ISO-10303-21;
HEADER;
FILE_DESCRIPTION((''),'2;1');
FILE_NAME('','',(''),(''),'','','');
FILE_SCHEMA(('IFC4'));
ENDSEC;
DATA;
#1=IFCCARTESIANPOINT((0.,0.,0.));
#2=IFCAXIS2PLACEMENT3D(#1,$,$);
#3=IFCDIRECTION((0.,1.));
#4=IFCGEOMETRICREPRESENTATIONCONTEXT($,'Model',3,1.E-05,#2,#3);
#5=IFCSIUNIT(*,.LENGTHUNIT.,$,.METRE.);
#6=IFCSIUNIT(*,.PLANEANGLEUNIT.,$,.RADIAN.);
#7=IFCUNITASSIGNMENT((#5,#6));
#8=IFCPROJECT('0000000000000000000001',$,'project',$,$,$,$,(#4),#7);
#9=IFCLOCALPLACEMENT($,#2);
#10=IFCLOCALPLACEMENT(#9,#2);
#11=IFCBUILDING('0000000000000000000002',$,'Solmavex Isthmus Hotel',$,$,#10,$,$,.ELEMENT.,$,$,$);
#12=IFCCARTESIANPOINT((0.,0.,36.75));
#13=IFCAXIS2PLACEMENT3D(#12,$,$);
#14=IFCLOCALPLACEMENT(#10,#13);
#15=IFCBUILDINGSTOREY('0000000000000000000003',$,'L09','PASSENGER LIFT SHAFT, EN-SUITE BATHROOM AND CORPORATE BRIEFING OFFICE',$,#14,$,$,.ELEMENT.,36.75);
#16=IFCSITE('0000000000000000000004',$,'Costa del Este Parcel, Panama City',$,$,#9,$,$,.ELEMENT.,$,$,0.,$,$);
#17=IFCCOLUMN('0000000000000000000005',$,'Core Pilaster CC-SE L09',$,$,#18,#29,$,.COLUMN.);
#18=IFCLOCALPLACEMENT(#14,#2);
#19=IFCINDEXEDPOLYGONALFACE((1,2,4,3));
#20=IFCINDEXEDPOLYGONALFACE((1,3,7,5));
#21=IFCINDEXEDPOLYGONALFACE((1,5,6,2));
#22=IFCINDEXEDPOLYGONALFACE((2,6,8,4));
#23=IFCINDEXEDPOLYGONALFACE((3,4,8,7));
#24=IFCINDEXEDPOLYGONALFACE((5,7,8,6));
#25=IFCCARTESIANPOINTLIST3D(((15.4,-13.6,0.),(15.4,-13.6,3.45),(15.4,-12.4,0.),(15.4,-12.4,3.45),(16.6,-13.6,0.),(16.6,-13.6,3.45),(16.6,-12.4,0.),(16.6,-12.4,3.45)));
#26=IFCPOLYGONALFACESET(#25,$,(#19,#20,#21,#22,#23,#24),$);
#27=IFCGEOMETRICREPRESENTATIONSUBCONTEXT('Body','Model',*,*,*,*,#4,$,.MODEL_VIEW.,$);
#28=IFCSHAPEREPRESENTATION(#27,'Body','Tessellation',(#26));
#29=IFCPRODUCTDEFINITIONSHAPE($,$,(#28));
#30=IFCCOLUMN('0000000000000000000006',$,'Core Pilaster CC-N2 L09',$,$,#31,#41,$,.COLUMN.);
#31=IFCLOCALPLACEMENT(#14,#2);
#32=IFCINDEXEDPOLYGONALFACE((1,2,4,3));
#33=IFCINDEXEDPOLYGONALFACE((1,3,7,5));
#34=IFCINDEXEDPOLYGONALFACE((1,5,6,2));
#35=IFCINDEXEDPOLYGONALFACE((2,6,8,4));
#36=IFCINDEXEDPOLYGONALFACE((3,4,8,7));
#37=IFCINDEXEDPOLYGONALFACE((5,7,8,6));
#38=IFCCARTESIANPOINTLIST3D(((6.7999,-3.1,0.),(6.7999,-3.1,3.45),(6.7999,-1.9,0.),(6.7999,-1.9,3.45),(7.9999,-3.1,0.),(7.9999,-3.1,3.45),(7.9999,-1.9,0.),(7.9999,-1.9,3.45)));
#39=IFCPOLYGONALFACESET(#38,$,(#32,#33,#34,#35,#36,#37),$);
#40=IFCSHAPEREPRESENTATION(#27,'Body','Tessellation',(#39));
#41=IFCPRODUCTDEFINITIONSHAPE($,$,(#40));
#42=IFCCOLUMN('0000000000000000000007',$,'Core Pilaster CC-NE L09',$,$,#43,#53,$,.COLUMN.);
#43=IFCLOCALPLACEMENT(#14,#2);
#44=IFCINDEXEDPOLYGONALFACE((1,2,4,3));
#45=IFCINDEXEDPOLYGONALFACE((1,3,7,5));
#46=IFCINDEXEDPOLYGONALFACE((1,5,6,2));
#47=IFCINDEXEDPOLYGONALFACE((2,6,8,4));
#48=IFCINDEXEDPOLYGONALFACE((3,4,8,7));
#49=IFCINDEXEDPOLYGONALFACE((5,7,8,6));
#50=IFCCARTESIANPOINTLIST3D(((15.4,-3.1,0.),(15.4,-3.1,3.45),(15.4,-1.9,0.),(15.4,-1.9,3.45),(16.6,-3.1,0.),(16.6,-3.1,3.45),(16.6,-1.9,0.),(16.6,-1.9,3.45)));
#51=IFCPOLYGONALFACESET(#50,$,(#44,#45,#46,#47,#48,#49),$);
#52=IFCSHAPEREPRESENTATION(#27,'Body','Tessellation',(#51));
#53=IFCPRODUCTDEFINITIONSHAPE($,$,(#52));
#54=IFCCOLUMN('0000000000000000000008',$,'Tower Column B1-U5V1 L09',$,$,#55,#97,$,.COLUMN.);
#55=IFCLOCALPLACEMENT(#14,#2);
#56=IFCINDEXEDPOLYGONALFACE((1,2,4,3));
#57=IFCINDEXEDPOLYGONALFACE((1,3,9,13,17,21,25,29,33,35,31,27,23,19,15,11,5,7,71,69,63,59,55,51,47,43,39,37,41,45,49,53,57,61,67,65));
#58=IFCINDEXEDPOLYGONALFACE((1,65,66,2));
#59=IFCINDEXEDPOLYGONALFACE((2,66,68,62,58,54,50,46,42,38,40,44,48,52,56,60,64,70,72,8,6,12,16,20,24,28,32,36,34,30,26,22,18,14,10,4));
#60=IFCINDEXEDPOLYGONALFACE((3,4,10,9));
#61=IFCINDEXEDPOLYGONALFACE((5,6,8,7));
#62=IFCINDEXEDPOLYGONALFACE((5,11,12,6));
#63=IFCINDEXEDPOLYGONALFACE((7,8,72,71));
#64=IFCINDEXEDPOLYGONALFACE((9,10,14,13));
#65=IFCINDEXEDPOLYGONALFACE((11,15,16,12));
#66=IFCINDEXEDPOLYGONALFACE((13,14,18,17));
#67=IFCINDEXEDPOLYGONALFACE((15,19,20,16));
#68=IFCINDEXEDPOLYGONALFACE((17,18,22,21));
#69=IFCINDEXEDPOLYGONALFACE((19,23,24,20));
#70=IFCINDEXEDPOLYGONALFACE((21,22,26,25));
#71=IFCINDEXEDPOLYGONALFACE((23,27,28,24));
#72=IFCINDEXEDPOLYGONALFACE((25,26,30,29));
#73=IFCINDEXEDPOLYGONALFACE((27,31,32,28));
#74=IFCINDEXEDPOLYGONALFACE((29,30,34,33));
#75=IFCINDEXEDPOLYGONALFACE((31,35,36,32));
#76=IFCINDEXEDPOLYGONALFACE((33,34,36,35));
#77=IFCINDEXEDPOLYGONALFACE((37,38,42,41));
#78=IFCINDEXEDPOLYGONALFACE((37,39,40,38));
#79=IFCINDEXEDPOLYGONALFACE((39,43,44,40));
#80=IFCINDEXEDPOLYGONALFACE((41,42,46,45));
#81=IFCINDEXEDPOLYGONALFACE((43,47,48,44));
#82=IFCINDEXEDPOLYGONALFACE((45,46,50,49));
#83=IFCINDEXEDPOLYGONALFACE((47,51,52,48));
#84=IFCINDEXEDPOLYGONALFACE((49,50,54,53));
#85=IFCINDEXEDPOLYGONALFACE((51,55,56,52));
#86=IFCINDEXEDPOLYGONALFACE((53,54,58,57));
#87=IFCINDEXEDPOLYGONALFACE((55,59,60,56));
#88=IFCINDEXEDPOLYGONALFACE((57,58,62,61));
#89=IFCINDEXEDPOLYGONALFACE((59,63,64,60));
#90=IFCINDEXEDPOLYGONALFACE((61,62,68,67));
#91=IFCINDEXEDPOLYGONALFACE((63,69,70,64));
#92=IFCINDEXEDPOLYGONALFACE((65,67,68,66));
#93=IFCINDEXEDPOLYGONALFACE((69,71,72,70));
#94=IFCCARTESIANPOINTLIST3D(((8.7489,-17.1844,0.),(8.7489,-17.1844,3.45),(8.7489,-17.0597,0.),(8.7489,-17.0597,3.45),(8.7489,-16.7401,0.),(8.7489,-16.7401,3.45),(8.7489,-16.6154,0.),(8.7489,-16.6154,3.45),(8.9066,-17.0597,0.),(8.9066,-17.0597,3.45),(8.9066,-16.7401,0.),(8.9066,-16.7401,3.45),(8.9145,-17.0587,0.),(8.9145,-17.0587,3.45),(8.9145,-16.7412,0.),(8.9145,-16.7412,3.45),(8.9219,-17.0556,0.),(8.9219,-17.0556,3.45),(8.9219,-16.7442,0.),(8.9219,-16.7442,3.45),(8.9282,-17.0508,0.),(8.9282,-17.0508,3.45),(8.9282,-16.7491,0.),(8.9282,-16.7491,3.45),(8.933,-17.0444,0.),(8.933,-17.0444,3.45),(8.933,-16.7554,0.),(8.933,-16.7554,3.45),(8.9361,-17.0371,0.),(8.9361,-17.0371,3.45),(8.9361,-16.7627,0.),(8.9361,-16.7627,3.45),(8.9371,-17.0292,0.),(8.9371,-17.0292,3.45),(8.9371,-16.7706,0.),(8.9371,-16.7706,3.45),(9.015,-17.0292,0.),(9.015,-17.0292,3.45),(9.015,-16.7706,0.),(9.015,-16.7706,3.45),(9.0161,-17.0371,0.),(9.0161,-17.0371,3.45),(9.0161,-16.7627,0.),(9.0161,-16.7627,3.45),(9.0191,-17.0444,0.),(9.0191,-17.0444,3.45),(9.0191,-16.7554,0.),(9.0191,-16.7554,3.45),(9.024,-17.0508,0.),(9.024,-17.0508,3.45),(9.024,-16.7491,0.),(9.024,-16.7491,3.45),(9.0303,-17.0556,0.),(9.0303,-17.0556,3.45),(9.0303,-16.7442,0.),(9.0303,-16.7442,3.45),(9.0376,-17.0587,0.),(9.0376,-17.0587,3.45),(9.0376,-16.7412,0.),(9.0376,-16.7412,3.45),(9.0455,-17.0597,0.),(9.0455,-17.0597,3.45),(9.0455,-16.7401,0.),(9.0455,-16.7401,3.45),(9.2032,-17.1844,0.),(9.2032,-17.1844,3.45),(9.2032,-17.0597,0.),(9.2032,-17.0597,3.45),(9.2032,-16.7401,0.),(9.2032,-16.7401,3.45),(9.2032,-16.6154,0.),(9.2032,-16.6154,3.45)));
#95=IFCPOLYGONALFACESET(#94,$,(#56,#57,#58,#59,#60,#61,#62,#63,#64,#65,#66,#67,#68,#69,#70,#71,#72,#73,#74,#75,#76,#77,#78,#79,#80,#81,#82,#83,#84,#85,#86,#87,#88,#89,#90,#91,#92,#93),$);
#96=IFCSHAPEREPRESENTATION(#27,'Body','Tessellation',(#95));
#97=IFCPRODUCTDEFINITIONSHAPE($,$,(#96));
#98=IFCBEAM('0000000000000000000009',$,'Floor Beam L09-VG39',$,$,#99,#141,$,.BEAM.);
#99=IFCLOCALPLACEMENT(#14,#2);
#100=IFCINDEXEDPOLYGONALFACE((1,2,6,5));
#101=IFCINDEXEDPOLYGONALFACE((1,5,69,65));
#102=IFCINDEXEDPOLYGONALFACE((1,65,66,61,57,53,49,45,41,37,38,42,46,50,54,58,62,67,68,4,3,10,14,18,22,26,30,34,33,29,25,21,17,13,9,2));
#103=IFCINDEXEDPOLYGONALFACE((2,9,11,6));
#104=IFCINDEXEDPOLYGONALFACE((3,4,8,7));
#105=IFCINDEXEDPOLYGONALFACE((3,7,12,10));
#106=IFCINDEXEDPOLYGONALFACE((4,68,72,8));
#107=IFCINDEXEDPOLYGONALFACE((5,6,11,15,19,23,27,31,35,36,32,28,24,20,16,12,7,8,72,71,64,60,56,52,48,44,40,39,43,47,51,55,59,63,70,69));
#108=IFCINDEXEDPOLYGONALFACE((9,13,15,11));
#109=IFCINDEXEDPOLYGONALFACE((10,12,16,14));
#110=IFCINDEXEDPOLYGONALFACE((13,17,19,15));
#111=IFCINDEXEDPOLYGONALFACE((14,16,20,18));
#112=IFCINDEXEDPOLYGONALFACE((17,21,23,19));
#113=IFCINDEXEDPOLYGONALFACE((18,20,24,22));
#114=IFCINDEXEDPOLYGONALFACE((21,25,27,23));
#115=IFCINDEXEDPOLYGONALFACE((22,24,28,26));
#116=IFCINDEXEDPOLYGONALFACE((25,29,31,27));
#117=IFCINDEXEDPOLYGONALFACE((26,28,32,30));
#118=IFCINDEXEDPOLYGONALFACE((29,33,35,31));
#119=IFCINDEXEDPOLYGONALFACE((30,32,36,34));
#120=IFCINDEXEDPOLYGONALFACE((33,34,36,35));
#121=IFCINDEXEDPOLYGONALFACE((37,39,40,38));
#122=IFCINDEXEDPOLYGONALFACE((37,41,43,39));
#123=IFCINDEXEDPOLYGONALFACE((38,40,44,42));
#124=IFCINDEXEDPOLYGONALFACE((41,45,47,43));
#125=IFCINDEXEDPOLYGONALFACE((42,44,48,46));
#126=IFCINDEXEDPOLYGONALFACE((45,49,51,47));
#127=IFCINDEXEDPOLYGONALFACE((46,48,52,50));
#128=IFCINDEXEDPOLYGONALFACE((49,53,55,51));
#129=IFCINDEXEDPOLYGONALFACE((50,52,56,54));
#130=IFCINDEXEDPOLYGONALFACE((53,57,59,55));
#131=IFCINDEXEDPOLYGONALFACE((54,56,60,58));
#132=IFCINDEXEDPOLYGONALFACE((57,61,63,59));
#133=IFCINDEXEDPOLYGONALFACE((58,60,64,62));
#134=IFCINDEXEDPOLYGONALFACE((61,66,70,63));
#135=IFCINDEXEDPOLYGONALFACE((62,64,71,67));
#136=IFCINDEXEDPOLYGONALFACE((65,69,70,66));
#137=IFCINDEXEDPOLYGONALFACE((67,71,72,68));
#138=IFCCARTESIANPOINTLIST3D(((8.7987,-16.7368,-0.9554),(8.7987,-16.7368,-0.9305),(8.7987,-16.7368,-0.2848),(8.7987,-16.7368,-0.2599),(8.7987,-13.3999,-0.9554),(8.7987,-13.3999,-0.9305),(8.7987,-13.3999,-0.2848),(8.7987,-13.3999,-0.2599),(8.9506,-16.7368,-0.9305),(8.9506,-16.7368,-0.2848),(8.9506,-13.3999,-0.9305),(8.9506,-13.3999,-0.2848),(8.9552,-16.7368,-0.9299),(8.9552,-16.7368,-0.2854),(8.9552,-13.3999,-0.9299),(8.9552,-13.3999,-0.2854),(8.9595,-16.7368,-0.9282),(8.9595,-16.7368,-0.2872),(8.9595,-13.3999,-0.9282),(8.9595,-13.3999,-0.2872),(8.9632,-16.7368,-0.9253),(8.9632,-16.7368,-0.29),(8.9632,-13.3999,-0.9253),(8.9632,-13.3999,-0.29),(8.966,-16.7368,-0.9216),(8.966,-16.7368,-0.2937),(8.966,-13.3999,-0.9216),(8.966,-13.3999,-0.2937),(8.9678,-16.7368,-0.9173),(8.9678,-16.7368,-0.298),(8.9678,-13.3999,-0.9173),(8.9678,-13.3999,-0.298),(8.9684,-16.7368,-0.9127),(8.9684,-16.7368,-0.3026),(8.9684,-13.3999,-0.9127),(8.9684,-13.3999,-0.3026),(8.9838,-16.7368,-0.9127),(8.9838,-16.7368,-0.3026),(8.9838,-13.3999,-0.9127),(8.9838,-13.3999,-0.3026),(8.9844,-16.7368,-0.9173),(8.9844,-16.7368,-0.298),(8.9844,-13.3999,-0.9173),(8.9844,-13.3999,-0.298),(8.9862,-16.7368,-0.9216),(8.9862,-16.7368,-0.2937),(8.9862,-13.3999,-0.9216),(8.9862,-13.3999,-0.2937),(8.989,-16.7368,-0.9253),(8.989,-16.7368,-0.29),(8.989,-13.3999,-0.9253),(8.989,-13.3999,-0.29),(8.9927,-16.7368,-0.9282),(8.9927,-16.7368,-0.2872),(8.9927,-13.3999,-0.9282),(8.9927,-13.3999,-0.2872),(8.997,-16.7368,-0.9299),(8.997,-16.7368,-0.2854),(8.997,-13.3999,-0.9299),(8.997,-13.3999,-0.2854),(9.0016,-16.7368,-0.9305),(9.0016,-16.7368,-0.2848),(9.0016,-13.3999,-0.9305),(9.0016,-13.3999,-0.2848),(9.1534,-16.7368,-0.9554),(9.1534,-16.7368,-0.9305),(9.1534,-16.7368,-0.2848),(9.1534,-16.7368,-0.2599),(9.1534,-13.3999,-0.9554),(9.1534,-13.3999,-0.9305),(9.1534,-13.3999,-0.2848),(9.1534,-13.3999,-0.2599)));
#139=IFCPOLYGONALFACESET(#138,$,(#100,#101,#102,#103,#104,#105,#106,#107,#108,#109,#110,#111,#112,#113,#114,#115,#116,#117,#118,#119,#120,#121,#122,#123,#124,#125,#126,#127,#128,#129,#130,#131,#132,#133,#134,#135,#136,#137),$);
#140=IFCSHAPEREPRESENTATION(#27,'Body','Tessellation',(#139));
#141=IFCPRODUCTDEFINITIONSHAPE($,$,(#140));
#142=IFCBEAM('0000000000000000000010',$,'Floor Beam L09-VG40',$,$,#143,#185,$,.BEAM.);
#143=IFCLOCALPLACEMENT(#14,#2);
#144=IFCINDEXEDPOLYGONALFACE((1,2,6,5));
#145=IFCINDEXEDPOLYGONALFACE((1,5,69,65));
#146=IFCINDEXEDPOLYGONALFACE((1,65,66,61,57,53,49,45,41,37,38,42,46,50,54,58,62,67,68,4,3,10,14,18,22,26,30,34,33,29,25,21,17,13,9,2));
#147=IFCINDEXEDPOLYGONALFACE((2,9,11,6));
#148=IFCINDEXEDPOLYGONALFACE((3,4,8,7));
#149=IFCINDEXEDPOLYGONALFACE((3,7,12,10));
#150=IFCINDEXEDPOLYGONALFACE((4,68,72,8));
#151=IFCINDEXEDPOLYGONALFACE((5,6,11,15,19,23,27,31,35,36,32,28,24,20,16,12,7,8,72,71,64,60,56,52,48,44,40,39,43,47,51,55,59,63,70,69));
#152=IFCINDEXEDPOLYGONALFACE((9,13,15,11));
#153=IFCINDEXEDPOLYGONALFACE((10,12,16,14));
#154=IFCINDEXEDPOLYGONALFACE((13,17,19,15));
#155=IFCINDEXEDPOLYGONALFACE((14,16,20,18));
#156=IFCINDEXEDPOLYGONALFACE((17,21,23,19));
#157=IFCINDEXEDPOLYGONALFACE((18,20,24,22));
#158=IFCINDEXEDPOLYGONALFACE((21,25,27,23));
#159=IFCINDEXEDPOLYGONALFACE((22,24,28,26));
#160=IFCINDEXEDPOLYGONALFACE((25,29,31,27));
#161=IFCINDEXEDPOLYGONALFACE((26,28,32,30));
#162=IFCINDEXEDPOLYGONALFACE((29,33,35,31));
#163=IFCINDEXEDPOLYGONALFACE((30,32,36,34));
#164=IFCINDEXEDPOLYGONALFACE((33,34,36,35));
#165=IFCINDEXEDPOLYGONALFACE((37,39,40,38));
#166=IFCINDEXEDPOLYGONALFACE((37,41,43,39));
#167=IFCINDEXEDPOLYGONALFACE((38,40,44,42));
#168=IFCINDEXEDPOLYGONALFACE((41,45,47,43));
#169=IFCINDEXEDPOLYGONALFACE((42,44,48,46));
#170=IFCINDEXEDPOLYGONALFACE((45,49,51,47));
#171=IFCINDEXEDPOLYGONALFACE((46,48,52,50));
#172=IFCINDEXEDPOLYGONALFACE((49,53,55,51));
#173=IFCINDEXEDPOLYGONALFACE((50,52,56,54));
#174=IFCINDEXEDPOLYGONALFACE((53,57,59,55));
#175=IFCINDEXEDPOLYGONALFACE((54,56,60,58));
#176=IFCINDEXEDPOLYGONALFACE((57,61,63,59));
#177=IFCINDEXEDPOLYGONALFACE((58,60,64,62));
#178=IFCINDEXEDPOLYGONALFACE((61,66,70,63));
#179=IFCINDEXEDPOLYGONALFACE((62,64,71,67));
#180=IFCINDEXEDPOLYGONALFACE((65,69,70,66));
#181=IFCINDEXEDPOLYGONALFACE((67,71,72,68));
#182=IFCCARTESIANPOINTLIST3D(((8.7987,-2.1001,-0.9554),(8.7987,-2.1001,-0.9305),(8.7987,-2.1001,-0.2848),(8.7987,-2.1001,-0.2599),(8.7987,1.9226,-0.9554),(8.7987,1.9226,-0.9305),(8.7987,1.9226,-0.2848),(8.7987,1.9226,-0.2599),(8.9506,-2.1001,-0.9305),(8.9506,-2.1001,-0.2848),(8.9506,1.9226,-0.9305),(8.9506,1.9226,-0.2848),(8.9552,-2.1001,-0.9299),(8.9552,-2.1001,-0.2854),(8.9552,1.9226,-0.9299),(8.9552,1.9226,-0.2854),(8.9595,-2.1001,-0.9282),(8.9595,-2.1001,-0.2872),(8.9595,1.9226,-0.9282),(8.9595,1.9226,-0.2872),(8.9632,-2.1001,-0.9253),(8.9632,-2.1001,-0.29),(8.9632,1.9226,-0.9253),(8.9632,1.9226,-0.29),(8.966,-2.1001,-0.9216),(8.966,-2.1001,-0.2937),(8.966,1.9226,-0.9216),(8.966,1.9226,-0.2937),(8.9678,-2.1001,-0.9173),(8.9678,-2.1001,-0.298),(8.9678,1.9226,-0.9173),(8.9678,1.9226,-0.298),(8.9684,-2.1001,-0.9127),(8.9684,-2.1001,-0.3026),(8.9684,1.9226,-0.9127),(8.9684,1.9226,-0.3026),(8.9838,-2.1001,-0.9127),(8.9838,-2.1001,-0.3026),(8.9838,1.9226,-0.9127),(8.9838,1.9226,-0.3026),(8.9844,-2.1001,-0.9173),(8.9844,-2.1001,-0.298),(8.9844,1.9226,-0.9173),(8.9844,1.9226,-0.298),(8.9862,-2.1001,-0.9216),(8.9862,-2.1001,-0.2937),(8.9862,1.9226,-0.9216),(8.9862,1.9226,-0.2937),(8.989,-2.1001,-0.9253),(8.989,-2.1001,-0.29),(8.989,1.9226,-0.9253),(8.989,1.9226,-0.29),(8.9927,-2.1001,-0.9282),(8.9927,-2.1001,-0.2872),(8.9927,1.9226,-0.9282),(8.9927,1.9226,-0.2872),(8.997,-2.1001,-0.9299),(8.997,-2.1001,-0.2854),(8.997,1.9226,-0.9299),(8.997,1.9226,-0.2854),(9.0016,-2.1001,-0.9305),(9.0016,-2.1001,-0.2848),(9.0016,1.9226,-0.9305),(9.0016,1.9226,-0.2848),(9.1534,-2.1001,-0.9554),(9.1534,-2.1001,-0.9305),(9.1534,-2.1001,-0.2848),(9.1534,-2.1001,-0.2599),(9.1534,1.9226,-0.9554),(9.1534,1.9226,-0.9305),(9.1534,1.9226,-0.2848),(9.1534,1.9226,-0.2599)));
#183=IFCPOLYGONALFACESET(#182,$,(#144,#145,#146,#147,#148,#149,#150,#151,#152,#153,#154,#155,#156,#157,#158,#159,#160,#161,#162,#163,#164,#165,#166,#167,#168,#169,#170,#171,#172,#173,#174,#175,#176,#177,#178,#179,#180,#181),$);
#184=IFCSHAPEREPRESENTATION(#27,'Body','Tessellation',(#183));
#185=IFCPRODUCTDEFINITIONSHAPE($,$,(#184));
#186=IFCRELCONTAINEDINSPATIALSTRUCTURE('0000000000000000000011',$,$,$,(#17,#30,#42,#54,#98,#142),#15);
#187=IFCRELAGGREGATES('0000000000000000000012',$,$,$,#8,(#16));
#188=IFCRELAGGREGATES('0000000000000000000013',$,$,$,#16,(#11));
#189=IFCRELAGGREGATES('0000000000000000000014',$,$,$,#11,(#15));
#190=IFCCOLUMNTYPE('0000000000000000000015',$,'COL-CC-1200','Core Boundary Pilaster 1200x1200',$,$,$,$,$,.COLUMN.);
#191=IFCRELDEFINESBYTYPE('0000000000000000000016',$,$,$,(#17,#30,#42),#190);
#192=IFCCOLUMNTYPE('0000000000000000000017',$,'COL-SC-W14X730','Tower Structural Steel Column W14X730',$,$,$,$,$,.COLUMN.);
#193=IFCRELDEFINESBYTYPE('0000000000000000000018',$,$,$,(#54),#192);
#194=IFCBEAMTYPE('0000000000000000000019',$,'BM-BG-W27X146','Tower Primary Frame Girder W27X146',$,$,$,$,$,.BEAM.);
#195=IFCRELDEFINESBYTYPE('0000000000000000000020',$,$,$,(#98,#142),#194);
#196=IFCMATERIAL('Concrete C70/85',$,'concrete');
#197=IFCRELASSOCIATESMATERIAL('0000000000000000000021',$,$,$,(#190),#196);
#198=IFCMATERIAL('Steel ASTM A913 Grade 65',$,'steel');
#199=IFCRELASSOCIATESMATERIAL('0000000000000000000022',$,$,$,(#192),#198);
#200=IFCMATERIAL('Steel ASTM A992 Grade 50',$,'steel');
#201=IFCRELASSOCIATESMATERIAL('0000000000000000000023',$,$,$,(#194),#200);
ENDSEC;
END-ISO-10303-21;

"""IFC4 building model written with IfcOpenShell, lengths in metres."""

from ifc_helpers import new_model, si_unit, direction, frame, origin, origin_2d, place, context, subcontext, project, spatial, rectangle, i_section, extrude, material, material_profile, profile_set, type_object, element, save


model = new_model("IFC4")

# Units and contexts
model_context = context("Model", 3, precision=1e-05, world=origin(), true_north=direction((0.0, 1.0)))
body_context = subcontext(model_context, "Body", "Model", "MODEL_VIEW")
ifc_project = project(units=[si_unit("LENGTHUNIT", "METRE"), si_unit("PLANEANGLEUNIT", "RADIAN")], contexts=[model_context])

# Site, building, storey
site_placement = place(None, origin())
site = spatial("IfcSite", under=ifc_project, at=site_placement, Name="Costa del Este Parcel, Panama City", CompositionType="ELEMENT", RefElevation=0.0)
building_placement = place(site_placement, origin())
building = spatial("IfcBuilding", under=site, at=building_placement, Name="Solmavex Isthmus Hotel", CompositionType="ELEMENT")
storey_placement = place(building_placement, frame((0.0, 0.0, 36.75)))
storey = spatial("IfcBuildingStorey", under=building, at=storey_placement, Name="L09", Description="PASSENGER LIFT SHAFT, EN-SUITE BATHROOM AND CORPORATE BRIEFING OFFICE", CompositionType="ELEMENT", Elevation=36.75)

# Columns
ifc_material_1 = material(Name="Concrete C70/85", Category="concrete")
ifc_material_profile_1 = material_profile(ifc_material_1, rectangle(XDim=1.2, YDim=1.2, at=origin_2d()), Name="RC1200X1200")
ifc_profile_set_1 = profile_set([ifc_material_profile_1], Name="Concrete C70/85")
column_type_1 = type_object("IfcColumnType", Name="COL-CC-1200", Description="Core Boundary Pilaster 1200x1200", PredefinedType="COLUMN", material=ifc_profile_set_1)
for number, where, z_axis, x_axis, name in (
    (1, (16.0, -13.0, 0.0), (0.0, 0.0, 1.0), (1.0, 0.0, 0.0), "Core Pilaster CC-SE L09"),
    (2, (7.3999, -2.5, 0.0), (0.0, 0.0, 1.0), (1.0, 0.0, 0.0), "Core Pilaster CC-N2 L09"),
    (3, (16.0, -2.5, 0.0), (0.0, 0.0, 1.0), (1.0, 0.0, 0.0), "Core Pilaster CC-NE L09"),
):
    element("IfcColumn", number, at=place(storey_placement, frame(where, z_axis=z_axis, x_axis=x_axis)), inside=storey, type_object=column_type_1, Name=name, PredefinedType="COLUMN", context=body_context, shape_type="SweptSolid", body=[
        extrude(rectangle(XDim=1.2, YDim=1.2, at=origin_2d()), origin(), (0.0, 0.0, 1.0), 3.45),
    ])
ifc_material_2 = material(Name="Steel ASTM A913 Grade 65", Category="steel")
ifc_material_profile_2 = material_profile(ifc_material_2, i_section(OverallWidth=0.4543, OverallDepth=0.5691, WebThickness=0.0779, FlangeThickness=0.1248, FilletRadius=0.0305, at=origin_2d()), Name="W14X730")
ifc_profile_set_2 = profile_set([ifc_material_profile_2], Name="Steel ASTM A913 Grade 65")
column_type_2 = type_object("IfcColumnType", Name="COL-SC-W14X730", Description="Tower Structural Steel Column W14X730", PredefinedType="COLUMN", material=ifc_profile_set_2)
column_placement = place(storey_placement, frame((8.9761, -16.8999, 0.0), z_axis=(0.0, 0.0, 1.0), x_axis=(1.0, 0.0, 0.0)))
element("IfcColumn", 4, at=column_placement, inside=storey, type_object=column_type_2, Name="Tower Column B1-U5V1 L09", PredefinedType="COLUMN", context=body_context, shape_type="SweptSolid", body=[
    extrude(i_section(OverallWidth=0.4543, OverallDepth=0.5691, WebThickness=0.0779, FlangeThickness=0.1248, FilletRadius=0.0305, at=origin_2d()), origin(), (0.0, 0.0, 1.0), 3.45),
])

# Beams
ifc_material_3 = material(Name="Steel ASTM A992 Grade 50", Category="steel")
ifc_material_profile_3 = material_profile(ifc_material_3, i_section(OverallWidth=0.3547, OverallDepth=0.6956, WebThickness=0.0154, FlangeThickness=0.0249, FilletRadius=0.0178, at=origin_2d()), Name="W27X146")
ifc_profile_set_3 = profile_set([ifc_material_profile_3], Name="Steel ASTM A992 Grade 50")
beam_type_1 = type_object("IfcBeamType", Name="BM-BG-W27X146", Description="Tower Primary Frame Girder W27X146", PredefinedType="BEAM", material=ifc_profile_set_3)
beam_1_placement = place(storey_placement, frame((8.9761, -16.7368, -0.6077), z_axis=(0.0, 1.0, 0.0), x_axis=(-1.0, 0.0, 0.0)))
element("IfcBeam", 5, at=beam_1_placement, inside=storey, type_object=beam_type_1, Name="Floor Beam L09-VG39", PredefinedType="BEAM", context=body_context, shape_type="SweptSolid", body=[
    extrude(i_section(OverallWidth=0.3547, OverallDepth=0.6956, WebThickness=0.0154, FlangeThickness=0.0249, FilletRadius=0.0178, at=origin_2d()), origin(), (0.0, 0.0, 1.0), 3.3369),
])
beam_2_placement = place(storey_placement, frame((8.9761, -2.1001, -0.6077), z_axis=(0.0, 1.0, 0.0), x_axis=(-1.0, 0.0, 0.0)))
element("IfcBeam", 6, at=beam_2_placement, inside=storey, type_object=beam_type_1, Name="Floor Beam L09-VG40", PredefinedType="BEAM", context=body_context, shape_type="SweptSolid", body=[
    extrude(i_section(OverallWidth=0.3547, OverallDepth=0.6956, WebThickness=0.0154, FlangeThickness=0.0249, FilletRadius=0.0178, at=origin_2d()), origin(), (0.0, 0.0, 1.0), 4.0227),
])

save(model, "model.ifc")
